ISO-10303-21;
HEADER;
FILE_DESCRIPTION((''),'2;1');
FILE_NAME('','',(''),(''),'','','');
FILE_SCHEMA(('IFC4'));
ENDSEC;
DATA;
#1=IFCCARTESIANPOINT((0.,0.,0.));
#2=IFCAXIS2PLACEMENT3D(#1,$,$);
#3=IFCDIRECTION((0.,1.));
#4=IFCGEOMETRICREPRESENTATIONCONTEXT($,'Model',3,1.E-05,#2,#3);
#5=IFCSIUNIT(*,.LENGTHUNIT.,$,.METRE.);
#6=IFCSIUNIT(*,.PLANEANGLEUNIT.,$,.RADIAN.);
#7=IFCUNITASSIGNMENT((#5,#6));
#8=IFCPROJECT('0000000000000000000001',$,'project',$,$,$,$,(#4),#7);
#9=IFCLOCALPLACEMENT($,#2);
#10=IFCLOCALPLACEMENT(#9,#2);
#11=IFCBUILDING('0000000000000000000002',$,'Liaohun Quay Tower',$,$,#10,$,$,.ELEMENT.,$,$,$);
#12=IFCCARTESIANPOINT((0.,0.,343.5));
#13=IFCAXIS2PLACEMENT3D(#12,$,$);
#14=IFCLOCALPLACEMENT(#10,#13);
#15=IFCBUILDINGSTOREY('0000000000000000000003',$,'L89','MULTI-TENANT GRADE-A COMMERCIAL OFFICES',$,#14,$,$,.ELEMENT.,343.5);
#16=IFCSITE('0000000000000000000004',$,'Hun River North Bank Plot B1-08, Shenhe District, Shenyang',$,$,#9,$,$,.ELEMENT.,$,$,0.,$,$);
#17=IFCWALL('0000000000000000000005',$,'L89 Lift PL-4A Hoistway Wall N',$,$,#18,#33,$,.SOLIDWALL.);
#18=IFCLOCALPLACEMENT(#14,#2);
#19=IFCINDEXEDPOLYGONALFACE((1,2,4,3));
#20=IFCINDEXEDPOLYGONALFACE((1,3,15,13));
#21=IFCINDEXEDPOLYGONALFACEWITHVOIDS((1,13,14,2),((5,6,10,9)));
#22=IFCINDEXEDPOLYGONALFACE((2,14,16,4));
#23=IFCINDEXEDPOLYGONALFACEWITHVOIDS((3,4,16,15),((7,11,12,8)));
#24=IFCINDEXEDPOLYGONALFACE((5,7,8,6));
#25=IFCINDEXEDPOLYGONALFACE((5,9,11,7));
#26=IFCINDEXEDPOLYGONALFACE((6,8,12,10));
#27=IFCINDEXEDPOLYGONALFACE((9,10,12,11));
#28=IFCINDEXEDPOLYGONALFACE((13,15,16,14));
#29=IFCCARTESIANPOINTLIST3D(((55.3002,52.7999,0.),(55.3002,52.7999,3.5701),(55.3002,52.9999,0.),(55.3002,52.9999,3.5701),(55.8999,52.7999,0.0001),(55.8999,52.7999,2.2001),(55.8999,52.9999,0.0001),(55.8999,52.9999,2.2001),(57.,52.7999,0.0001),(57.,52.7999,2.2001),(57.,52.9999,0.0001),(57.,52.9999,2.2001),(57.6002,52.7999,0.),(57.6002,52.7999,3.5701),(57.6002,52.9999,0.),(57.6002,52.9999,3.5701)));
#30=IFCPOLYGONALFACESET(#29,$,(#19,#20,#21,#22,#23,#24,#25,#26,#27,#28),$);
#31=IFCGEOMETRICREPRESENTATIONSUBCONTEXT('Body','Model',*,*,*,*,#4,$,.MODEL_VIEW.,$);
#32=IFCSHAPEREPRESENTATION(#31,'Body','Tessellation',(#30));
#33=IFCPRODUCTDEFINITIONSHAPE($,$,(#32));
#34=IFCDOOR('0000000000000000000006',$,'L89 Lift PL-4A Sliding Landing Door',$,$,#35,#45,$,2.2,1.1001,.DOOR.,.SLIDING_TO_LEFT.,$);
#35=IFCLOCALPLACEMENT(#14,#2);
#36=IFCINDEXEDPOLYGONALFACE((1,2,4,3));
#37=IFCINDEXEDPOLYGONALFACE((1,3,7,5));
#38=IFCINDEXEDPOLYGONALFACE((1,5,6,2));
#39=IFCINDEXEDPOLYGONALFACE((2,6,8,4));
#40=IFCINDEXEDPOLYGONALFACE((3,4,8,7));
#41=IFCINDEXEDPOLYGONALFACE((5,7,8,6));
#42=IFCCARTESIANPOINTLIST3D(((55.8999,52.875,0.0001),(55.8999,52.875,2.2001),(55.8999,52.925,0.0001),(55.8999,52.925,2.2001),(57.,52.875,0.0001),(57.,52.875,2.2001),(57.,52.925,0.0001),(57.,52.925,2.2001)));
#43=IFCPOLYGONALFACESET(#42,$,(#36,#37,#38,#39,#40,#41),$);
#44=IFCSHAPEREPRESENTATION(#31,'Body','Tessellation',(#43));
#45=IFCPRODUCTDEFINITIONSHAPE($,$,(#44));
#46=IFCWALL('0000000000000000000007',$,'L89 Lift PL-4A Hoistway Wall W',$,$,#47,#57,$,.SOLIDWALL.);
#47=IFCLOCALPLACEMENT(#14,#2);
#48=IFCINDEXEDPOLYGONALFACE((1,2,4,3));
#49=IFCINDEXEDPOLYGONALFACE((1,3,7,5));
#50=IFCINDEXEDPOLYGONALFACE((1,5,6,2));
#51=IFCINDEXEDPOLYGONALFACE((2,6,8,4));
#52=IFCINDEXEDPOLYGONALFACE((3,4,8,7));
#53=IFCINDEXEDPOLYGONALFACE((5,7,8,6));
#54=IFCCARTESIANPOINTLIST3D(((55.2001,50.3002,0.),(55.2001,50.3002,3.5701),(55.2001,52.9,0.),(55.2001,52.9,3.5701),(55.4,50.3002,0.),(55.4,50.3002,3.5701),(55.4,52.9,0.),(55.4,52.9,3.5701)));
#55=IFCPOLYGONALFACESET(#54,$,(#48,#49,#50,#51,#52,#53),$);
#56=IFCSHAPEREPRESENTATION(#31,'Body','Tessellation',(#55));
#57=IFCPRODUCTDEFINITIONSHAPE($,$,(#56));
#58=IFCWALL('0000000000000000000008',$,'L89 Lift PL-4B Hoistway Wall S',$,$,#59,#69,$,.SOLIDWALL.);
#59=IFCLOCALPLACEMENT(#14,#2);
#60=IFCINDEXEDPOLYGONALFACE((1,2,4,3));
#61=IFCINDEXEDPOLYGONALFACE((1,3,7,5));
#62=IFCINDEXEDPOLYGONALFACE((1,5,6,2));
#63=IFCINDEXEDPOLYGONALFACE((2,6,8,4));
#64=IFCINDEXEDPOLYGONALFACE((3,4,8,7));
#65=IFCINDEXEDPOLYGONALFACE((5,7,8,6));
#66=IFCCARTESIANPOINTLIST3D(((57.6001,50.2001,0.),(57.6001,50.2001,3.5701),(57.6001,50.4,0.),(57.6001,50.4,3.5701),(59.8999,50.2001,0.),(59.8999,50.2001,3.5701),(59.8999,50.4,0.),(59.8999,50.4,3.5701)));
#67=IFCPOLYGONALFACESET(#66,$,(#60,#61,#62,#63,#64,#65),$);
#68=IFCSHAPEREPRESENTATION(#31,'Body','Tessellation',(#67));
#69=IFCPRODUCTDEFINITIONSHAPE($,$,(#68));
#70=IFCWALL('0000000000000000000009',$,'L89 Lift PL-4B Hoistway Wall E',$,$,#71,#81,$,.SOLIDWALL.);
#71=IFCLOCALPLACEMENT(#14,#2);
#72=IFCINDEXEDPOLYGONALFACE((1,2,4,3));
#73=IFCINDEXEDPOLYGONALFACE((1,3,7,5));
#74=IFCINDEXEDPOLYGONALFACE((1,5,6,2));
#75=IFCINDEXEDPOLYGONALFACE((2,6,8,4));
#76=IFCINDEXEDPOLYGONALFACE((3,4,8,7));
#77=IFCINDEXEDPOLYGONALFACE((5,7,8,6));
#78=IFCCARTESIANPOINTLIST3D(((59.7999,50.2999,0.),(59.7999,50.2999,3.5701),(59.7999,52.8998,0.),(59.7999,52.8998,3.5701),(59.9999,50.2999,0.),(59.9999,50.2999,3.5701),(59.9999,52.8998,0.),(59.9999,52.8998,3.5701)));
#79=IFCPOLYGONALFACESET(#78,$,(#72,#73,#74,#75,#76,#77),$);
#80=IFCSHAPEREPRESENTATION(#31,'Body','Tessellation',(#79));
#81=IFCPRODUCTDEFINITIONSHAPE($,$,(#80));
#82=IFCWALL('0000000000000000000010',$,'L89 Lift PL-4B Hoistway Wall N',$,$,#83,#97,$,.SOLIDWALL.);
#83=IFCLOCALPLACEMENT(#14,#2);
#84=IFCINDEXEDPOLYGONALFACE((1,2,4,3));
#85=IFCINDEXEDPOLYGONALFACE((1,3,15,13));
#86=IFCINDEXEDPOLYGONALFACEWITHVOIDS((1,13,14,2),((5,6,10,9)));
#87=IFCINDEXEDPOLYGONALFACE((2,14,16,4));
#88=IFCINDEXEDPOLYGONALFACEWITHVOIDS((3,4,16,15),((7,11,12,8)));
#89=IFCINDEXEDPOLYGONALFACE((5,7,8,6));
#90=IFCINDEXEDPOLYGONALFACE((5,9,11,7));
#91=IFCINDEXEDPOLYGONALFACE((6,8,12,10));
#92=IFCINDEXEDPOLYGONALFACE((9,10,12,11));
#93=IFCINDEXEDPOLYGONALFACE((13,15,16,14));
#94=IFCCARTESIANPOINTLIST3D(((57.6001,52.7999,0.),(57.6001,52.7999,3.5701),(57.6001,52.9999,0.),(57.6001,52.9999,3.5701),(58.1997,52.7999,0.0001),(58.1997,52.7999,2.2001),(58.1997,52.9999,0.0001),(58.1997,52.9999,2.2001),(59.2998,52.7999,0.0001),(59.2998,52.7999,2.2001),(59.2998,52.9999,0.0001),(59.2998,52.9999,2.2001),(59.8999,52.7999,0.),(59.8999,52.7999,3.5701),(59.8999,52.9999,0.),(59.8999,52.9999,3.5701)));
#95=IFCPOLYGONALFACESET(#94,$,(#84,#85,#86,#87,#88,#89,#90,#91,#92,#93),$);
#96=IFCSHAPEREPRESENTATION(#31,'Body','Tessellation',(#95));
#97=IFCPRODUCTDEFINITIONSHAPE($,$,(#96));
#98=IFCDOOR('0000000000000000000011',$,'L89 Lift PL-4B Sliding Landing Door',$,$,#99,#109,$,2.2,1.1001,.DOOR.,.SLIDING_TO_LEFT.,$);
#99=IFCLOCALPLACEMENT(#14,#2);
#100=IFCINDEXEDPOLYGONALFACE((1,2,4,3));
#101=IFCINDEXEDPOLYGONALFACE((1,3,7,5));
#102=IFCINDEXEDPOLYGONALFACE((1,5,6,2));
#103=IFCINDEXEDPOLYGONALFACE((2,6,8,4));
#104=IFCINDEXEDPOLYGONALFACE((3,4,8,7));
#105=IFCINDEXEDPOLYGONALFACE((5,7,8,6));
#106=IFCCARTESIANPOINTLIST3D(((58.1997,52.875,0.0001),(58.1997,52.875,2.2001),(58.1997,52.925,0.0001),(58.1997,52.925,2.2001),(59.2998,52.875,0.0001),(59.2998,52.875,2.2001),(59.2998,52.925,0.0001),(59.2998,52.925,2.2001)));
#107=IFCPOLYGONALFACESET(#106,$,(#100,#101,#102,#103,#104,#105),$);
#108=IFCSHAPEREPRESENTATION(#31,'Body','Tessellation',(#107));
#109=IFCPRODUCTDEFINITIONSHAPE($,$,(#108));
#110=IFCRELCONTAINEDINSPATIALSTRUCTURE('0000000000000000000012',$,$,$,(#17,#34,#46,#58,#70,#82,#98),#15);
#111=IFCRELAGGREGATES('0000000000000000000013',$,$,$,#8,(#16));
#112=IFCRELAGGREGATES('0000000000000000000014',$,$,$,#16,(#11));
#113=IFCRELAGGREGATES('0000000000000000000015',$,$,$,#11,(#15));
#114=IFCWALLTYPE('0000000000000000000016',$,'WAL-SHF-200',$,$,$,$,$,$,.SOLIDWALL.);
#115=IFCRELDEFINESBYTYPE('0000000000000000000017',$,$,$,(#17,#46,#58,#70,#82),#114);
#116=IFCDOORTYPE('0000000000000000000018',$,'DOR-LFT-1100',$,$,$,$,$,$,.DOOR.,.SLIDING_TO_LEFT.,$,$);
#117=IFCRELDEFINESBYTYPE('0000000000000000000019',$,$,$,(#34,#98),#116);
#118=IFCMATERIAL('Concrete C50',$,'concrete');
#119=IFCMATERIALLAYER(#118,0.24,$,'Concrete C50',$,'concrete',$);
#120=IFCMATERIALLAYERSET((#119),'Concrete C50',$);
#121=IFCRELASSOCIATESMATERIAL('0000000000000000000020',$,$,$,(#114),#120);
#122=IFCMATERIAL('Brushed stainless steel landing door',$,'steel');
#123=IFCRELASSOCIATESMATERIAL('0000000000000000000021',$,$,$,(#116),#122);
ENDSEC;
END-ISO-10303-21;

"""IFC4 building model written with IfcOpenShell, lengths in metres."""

from ifc_helpers import new_model, si_unit, direction, frame, frame_2d, origin, place, context, subcontext, project, spatial, rectangle, extrude, source, transform, mapped, material, layer, layer_set, type_object, element, fill, save


model = new_model("IFC4")

# Units and contexts
model_context = context("Model", 3, precision=1e-05, world=origin(), true_north=direction((0.0, 1.0)))
body_context = subcontext(model_context, "Body", "Model", "MODEL_VIEW")
ifc_project = project(units=[si_unit("LENGTHUNIT", "METRE"), si_unit("PLANEANGLEUNIT", "RADIAN")], contexts=[model_context])

# Site, building, storey
site_placement = place(None, origin())
site = spatial("IfcSite", under=ifc_project, at=site_placement, Name="Hun River North Bank Plot B1-08, Shenhe District, Shenyang", CompositionType="ELEMENT", RefElevation=0.0)
building_placement = place(site_placement, origin())
building = spatial("IfcBuilding", under=site, at=building_placement, Name="Liaohun Quay Tower", CompositionType="ELEMENT")
storey_placement = place(building_placement, frame((0.0, 0.0, 343.5)))
storey = spatial("IfcBuildingStorey", under=building, at=storey_placement, Name="L89", Description="MULTI-TENANT GRADE-A COMMERCIAL OFFICES", CompositionType="ELEMENT", Elevation=343.5)

# Shared definitions
ifc_material_1 = material(Name="Concrete C50", Category="concrete")

# Shared definitions
ifc_layer_1 = layer(ifc_material_1, 0.24, Name="Concrete C50", Category="concrete")
ifc_layer_set_1 = layer_set([ifc_layer_1], Name="Concrete C50")
wall_type_1 = type_object("IfcWallType", Name="WAL-SHF-200", PredefinedType="SOLIDWALL", material=ifc_layer_set_1)

# Wall, opening, door
wall_1_placement = place(storey_placement, frame((57.6001, 52.8999, 0.0), z_axis=(0.0, 0.0, 1.0), x_axis=(-1.0, 0.0, 0.0)))
wall_1 = element("IfcWall", 1, at=wall_1_placement, inside=storey, type_object=wall_type_1, Name="L89 Lift PL-4A Hoistway Wall N", PredefinedType="SOLIDWALL", context=body_context, shape_type="SweptSolid", body=[
    extrude(rectangle(XDim=2.3, YDim=0.2, at=frame_2d((1.1499, 0.0))), origin(), (0.0, 0.0, 1.0), 3.5701),
])
shared_shape_1 = source(origin(), body_context, "Body", "SweptSolid", [
    extrude(rectangle(XDim=1.1001, YDim=2.2, at=frame_2d((0.55, 1.1001))), frame((0.0, 0.1099, 0.0), z_axis=(0.0, -1.0, 0.0), x_axis=(1.0, 0.0, 0.0)), (0.0, 0.0, 1.0), 0.22),
])
opening_1_placement = place(wall_1_placement, frame((0.6001, 0.0, 0.0)))
opening_1 = element("IfcOpeningElement", 2, at=opening_1_placement, cuts=wall_1, PredefinedType="OPENING", context=body_context, shape_type="MappedRepresentation", body=[
    mapped(shared_shape_1, transform((0.0, 0.0, 0.0), x_axis=(1.0, 0.0, 0.0), y_axis=(0.0, 1.0, 0.0), z_axis=(0.0, 0.0, 1.0), scale=1.0)),
])
ifc_material_2 = material(Name="Brushed stainless steel landing door", Category="steel")
door_type_1 = type_object("IfcDoorType", Name="DOR-LFT-1100", OperationType="SLIDING_TO_LEFT", PredefinedType="DOOR", material=ifc_material_2)
shared_shape_2 = source(origin(), body_context, "Body", "SweptSolid", [
    extrude(rectangle(XDim=1.1001, YDim=2.2, at=frame_2d((0.55, 1.1001))), frame((0.0, 0.0249, 0.0), z_axis=(0.0, -1.0, 0.0), x_axis=(1.0, 0.0, 0.0)), (0.0, 0.0, 1.0), 0.05),
])
door_1_placement = place(opening_1_placement, origin())
door_1 = element("IfcDoor", 3, at=door_1_placement, inside=storey, type_object=door_type_1, Name="L89 Lift PL-4A Sliding Landing Door", OperationType="SLIDING_TO_LEFT", OverallHeight=2.2, OverallWidth=1.1001, PredefinedType="DOOR", context=body_context, shape_type="MappedRepresentation", body=[
    mapped(shared_shape_2, transform((0.0, 0.0, 0.0), x_axis=(1.0, 0.0, 0.0), y_axis=(0.0, 1.0, 0.0), z_axis=(0.0, 0.0, 1.0), scale=1.0)),
])
fill(opening_1, door_1)

# Walls
wall_2_placement = place(storey_placement, frame((55.3, 52.8999, 0.0), z_axis=(0.0, 0.0, 1.0), x_axis=(0.0, -1.0, 0.0)))
element("IfcWall", 4, at=wall_2_placement, inside=storey, type_object=wall_type_1, Name="L89 Lift PL-4A Hoistway Wall W", PredefinedType="SOLIDWALL", context=body_context, shape_type="SweptSolid", body=[
    extrude(rectangle(XDim=2.5999, YDim=0.2, at=frame_2d((1.2998, 0.0))), origin(), (0.0, 0.0, 1.0), 3.5701),
])
wall_3_placement = place(storey_placement, frame((57.6001, 50.3, 0.0), z_axis=(0.0, 0.0, 1.0), x_axis=(1.0, 0.0, 0.0)))
element("IfcWall", 5, at=wall_3_placement, inside=storey, type_object=wall_type_1, Name="L89 Lift PL-4B Hoistway Wall S", PredefinedType="SOLIDWALL", context=body_context, shape_type="SweptSolid", body=[
    extrude(rectangle(XDim=2.2998, YDim=0.2, at=frame_2d((1.1499, 0.0))), origin(), (0.0, 0.0, 1.0), 3.5701),
])
wall_4_placement = place(storey_placement, frame((59.8999, 50.3, 0.0), z_axis=(0.0, 0.0, 1.0), x_axis=(0.0, 1.0, 0.0)))
element("IfcWall", 6, at=wall_4_placement, inside=storey, type_object=wall_type_1, Name="L89 Lift PL-4B Hoistway Wall E", PredefinedType="SOLIDWALL", context=body_context, shape_type="SweptSolid", body=[
    extrude(rectangle(XDim=2.5999, YDim=0.2, at=frame_2d((1.2998, 0.0))), origin(), (0.0, 0.0, 1.0), 3.5701),
])

# Wall, opening, door
wall_5_placement = place(storey_placement, frame((59.8999, 52.8999, 0.0), z_axis=(0.0, 0.0, 1.0), x_axis=(-1.0, 0.0, 0.0)))
wall_5 = element("IfcWall", 7, at=wall_5_placement, inside=storey, type_object=wall_type_1, Name="L89 Lift PL-4B Hoistway Wall N", PredefinedType="SOLIDWALL", context=body_context, shape_type="SweptSolid", body=[
    extrude(rectangle(XDim=2.2998, YDim=0.2, at=frame_2d((1.1499, 0.0))), origin(), (0.0, 0.0, 1.0), 3.5701),
])
opening_2_placement = place(wall_5_placement, frame((0.6001, 0.0, 0.0)))
opening_2 = element("IfcOpeningElement", 8, at=opening_2_placement, cuts=wall_5, PredefinedType="OPENING", context=body_context, shape_type="MappedRepresentation", body=[
    mapped(shared_shape_1, transform((0.0, 0.0, 0.0), x_axis=(1.0, 0.0, 0.0), y_axis=(0.0, 1.0, 0.0), z_axis=(0.0, 0.0, 1.0), scale=1.0)),
])
door_2_placement = place(opening_2_placement, origin())
door_2 = element("IfcDoor", 9, at=door_2_placement, inside=storey, type_object=door_type_1, Name="L89 Lift PL-4B Sliding Landing Door", OperationType="SLIDING_TO_LEFT", OverallHeight=2.2, OverallWidth=1.1001, PredefinedType="DOOR", context=body_context, shape_type="MappedRepresentation", body=[
    mapped(shared_shape_2, transform((0.0, 0.0, 0.0), x_axis=(1.0, 0.0, 0.0), y_axis=(0.0, 1.0, 0.0), z_axis=(0.0, 0.0, 1.0), scale=1.0)),
])
fill(opening_2, door_2)

save(model, "model.ifc")
